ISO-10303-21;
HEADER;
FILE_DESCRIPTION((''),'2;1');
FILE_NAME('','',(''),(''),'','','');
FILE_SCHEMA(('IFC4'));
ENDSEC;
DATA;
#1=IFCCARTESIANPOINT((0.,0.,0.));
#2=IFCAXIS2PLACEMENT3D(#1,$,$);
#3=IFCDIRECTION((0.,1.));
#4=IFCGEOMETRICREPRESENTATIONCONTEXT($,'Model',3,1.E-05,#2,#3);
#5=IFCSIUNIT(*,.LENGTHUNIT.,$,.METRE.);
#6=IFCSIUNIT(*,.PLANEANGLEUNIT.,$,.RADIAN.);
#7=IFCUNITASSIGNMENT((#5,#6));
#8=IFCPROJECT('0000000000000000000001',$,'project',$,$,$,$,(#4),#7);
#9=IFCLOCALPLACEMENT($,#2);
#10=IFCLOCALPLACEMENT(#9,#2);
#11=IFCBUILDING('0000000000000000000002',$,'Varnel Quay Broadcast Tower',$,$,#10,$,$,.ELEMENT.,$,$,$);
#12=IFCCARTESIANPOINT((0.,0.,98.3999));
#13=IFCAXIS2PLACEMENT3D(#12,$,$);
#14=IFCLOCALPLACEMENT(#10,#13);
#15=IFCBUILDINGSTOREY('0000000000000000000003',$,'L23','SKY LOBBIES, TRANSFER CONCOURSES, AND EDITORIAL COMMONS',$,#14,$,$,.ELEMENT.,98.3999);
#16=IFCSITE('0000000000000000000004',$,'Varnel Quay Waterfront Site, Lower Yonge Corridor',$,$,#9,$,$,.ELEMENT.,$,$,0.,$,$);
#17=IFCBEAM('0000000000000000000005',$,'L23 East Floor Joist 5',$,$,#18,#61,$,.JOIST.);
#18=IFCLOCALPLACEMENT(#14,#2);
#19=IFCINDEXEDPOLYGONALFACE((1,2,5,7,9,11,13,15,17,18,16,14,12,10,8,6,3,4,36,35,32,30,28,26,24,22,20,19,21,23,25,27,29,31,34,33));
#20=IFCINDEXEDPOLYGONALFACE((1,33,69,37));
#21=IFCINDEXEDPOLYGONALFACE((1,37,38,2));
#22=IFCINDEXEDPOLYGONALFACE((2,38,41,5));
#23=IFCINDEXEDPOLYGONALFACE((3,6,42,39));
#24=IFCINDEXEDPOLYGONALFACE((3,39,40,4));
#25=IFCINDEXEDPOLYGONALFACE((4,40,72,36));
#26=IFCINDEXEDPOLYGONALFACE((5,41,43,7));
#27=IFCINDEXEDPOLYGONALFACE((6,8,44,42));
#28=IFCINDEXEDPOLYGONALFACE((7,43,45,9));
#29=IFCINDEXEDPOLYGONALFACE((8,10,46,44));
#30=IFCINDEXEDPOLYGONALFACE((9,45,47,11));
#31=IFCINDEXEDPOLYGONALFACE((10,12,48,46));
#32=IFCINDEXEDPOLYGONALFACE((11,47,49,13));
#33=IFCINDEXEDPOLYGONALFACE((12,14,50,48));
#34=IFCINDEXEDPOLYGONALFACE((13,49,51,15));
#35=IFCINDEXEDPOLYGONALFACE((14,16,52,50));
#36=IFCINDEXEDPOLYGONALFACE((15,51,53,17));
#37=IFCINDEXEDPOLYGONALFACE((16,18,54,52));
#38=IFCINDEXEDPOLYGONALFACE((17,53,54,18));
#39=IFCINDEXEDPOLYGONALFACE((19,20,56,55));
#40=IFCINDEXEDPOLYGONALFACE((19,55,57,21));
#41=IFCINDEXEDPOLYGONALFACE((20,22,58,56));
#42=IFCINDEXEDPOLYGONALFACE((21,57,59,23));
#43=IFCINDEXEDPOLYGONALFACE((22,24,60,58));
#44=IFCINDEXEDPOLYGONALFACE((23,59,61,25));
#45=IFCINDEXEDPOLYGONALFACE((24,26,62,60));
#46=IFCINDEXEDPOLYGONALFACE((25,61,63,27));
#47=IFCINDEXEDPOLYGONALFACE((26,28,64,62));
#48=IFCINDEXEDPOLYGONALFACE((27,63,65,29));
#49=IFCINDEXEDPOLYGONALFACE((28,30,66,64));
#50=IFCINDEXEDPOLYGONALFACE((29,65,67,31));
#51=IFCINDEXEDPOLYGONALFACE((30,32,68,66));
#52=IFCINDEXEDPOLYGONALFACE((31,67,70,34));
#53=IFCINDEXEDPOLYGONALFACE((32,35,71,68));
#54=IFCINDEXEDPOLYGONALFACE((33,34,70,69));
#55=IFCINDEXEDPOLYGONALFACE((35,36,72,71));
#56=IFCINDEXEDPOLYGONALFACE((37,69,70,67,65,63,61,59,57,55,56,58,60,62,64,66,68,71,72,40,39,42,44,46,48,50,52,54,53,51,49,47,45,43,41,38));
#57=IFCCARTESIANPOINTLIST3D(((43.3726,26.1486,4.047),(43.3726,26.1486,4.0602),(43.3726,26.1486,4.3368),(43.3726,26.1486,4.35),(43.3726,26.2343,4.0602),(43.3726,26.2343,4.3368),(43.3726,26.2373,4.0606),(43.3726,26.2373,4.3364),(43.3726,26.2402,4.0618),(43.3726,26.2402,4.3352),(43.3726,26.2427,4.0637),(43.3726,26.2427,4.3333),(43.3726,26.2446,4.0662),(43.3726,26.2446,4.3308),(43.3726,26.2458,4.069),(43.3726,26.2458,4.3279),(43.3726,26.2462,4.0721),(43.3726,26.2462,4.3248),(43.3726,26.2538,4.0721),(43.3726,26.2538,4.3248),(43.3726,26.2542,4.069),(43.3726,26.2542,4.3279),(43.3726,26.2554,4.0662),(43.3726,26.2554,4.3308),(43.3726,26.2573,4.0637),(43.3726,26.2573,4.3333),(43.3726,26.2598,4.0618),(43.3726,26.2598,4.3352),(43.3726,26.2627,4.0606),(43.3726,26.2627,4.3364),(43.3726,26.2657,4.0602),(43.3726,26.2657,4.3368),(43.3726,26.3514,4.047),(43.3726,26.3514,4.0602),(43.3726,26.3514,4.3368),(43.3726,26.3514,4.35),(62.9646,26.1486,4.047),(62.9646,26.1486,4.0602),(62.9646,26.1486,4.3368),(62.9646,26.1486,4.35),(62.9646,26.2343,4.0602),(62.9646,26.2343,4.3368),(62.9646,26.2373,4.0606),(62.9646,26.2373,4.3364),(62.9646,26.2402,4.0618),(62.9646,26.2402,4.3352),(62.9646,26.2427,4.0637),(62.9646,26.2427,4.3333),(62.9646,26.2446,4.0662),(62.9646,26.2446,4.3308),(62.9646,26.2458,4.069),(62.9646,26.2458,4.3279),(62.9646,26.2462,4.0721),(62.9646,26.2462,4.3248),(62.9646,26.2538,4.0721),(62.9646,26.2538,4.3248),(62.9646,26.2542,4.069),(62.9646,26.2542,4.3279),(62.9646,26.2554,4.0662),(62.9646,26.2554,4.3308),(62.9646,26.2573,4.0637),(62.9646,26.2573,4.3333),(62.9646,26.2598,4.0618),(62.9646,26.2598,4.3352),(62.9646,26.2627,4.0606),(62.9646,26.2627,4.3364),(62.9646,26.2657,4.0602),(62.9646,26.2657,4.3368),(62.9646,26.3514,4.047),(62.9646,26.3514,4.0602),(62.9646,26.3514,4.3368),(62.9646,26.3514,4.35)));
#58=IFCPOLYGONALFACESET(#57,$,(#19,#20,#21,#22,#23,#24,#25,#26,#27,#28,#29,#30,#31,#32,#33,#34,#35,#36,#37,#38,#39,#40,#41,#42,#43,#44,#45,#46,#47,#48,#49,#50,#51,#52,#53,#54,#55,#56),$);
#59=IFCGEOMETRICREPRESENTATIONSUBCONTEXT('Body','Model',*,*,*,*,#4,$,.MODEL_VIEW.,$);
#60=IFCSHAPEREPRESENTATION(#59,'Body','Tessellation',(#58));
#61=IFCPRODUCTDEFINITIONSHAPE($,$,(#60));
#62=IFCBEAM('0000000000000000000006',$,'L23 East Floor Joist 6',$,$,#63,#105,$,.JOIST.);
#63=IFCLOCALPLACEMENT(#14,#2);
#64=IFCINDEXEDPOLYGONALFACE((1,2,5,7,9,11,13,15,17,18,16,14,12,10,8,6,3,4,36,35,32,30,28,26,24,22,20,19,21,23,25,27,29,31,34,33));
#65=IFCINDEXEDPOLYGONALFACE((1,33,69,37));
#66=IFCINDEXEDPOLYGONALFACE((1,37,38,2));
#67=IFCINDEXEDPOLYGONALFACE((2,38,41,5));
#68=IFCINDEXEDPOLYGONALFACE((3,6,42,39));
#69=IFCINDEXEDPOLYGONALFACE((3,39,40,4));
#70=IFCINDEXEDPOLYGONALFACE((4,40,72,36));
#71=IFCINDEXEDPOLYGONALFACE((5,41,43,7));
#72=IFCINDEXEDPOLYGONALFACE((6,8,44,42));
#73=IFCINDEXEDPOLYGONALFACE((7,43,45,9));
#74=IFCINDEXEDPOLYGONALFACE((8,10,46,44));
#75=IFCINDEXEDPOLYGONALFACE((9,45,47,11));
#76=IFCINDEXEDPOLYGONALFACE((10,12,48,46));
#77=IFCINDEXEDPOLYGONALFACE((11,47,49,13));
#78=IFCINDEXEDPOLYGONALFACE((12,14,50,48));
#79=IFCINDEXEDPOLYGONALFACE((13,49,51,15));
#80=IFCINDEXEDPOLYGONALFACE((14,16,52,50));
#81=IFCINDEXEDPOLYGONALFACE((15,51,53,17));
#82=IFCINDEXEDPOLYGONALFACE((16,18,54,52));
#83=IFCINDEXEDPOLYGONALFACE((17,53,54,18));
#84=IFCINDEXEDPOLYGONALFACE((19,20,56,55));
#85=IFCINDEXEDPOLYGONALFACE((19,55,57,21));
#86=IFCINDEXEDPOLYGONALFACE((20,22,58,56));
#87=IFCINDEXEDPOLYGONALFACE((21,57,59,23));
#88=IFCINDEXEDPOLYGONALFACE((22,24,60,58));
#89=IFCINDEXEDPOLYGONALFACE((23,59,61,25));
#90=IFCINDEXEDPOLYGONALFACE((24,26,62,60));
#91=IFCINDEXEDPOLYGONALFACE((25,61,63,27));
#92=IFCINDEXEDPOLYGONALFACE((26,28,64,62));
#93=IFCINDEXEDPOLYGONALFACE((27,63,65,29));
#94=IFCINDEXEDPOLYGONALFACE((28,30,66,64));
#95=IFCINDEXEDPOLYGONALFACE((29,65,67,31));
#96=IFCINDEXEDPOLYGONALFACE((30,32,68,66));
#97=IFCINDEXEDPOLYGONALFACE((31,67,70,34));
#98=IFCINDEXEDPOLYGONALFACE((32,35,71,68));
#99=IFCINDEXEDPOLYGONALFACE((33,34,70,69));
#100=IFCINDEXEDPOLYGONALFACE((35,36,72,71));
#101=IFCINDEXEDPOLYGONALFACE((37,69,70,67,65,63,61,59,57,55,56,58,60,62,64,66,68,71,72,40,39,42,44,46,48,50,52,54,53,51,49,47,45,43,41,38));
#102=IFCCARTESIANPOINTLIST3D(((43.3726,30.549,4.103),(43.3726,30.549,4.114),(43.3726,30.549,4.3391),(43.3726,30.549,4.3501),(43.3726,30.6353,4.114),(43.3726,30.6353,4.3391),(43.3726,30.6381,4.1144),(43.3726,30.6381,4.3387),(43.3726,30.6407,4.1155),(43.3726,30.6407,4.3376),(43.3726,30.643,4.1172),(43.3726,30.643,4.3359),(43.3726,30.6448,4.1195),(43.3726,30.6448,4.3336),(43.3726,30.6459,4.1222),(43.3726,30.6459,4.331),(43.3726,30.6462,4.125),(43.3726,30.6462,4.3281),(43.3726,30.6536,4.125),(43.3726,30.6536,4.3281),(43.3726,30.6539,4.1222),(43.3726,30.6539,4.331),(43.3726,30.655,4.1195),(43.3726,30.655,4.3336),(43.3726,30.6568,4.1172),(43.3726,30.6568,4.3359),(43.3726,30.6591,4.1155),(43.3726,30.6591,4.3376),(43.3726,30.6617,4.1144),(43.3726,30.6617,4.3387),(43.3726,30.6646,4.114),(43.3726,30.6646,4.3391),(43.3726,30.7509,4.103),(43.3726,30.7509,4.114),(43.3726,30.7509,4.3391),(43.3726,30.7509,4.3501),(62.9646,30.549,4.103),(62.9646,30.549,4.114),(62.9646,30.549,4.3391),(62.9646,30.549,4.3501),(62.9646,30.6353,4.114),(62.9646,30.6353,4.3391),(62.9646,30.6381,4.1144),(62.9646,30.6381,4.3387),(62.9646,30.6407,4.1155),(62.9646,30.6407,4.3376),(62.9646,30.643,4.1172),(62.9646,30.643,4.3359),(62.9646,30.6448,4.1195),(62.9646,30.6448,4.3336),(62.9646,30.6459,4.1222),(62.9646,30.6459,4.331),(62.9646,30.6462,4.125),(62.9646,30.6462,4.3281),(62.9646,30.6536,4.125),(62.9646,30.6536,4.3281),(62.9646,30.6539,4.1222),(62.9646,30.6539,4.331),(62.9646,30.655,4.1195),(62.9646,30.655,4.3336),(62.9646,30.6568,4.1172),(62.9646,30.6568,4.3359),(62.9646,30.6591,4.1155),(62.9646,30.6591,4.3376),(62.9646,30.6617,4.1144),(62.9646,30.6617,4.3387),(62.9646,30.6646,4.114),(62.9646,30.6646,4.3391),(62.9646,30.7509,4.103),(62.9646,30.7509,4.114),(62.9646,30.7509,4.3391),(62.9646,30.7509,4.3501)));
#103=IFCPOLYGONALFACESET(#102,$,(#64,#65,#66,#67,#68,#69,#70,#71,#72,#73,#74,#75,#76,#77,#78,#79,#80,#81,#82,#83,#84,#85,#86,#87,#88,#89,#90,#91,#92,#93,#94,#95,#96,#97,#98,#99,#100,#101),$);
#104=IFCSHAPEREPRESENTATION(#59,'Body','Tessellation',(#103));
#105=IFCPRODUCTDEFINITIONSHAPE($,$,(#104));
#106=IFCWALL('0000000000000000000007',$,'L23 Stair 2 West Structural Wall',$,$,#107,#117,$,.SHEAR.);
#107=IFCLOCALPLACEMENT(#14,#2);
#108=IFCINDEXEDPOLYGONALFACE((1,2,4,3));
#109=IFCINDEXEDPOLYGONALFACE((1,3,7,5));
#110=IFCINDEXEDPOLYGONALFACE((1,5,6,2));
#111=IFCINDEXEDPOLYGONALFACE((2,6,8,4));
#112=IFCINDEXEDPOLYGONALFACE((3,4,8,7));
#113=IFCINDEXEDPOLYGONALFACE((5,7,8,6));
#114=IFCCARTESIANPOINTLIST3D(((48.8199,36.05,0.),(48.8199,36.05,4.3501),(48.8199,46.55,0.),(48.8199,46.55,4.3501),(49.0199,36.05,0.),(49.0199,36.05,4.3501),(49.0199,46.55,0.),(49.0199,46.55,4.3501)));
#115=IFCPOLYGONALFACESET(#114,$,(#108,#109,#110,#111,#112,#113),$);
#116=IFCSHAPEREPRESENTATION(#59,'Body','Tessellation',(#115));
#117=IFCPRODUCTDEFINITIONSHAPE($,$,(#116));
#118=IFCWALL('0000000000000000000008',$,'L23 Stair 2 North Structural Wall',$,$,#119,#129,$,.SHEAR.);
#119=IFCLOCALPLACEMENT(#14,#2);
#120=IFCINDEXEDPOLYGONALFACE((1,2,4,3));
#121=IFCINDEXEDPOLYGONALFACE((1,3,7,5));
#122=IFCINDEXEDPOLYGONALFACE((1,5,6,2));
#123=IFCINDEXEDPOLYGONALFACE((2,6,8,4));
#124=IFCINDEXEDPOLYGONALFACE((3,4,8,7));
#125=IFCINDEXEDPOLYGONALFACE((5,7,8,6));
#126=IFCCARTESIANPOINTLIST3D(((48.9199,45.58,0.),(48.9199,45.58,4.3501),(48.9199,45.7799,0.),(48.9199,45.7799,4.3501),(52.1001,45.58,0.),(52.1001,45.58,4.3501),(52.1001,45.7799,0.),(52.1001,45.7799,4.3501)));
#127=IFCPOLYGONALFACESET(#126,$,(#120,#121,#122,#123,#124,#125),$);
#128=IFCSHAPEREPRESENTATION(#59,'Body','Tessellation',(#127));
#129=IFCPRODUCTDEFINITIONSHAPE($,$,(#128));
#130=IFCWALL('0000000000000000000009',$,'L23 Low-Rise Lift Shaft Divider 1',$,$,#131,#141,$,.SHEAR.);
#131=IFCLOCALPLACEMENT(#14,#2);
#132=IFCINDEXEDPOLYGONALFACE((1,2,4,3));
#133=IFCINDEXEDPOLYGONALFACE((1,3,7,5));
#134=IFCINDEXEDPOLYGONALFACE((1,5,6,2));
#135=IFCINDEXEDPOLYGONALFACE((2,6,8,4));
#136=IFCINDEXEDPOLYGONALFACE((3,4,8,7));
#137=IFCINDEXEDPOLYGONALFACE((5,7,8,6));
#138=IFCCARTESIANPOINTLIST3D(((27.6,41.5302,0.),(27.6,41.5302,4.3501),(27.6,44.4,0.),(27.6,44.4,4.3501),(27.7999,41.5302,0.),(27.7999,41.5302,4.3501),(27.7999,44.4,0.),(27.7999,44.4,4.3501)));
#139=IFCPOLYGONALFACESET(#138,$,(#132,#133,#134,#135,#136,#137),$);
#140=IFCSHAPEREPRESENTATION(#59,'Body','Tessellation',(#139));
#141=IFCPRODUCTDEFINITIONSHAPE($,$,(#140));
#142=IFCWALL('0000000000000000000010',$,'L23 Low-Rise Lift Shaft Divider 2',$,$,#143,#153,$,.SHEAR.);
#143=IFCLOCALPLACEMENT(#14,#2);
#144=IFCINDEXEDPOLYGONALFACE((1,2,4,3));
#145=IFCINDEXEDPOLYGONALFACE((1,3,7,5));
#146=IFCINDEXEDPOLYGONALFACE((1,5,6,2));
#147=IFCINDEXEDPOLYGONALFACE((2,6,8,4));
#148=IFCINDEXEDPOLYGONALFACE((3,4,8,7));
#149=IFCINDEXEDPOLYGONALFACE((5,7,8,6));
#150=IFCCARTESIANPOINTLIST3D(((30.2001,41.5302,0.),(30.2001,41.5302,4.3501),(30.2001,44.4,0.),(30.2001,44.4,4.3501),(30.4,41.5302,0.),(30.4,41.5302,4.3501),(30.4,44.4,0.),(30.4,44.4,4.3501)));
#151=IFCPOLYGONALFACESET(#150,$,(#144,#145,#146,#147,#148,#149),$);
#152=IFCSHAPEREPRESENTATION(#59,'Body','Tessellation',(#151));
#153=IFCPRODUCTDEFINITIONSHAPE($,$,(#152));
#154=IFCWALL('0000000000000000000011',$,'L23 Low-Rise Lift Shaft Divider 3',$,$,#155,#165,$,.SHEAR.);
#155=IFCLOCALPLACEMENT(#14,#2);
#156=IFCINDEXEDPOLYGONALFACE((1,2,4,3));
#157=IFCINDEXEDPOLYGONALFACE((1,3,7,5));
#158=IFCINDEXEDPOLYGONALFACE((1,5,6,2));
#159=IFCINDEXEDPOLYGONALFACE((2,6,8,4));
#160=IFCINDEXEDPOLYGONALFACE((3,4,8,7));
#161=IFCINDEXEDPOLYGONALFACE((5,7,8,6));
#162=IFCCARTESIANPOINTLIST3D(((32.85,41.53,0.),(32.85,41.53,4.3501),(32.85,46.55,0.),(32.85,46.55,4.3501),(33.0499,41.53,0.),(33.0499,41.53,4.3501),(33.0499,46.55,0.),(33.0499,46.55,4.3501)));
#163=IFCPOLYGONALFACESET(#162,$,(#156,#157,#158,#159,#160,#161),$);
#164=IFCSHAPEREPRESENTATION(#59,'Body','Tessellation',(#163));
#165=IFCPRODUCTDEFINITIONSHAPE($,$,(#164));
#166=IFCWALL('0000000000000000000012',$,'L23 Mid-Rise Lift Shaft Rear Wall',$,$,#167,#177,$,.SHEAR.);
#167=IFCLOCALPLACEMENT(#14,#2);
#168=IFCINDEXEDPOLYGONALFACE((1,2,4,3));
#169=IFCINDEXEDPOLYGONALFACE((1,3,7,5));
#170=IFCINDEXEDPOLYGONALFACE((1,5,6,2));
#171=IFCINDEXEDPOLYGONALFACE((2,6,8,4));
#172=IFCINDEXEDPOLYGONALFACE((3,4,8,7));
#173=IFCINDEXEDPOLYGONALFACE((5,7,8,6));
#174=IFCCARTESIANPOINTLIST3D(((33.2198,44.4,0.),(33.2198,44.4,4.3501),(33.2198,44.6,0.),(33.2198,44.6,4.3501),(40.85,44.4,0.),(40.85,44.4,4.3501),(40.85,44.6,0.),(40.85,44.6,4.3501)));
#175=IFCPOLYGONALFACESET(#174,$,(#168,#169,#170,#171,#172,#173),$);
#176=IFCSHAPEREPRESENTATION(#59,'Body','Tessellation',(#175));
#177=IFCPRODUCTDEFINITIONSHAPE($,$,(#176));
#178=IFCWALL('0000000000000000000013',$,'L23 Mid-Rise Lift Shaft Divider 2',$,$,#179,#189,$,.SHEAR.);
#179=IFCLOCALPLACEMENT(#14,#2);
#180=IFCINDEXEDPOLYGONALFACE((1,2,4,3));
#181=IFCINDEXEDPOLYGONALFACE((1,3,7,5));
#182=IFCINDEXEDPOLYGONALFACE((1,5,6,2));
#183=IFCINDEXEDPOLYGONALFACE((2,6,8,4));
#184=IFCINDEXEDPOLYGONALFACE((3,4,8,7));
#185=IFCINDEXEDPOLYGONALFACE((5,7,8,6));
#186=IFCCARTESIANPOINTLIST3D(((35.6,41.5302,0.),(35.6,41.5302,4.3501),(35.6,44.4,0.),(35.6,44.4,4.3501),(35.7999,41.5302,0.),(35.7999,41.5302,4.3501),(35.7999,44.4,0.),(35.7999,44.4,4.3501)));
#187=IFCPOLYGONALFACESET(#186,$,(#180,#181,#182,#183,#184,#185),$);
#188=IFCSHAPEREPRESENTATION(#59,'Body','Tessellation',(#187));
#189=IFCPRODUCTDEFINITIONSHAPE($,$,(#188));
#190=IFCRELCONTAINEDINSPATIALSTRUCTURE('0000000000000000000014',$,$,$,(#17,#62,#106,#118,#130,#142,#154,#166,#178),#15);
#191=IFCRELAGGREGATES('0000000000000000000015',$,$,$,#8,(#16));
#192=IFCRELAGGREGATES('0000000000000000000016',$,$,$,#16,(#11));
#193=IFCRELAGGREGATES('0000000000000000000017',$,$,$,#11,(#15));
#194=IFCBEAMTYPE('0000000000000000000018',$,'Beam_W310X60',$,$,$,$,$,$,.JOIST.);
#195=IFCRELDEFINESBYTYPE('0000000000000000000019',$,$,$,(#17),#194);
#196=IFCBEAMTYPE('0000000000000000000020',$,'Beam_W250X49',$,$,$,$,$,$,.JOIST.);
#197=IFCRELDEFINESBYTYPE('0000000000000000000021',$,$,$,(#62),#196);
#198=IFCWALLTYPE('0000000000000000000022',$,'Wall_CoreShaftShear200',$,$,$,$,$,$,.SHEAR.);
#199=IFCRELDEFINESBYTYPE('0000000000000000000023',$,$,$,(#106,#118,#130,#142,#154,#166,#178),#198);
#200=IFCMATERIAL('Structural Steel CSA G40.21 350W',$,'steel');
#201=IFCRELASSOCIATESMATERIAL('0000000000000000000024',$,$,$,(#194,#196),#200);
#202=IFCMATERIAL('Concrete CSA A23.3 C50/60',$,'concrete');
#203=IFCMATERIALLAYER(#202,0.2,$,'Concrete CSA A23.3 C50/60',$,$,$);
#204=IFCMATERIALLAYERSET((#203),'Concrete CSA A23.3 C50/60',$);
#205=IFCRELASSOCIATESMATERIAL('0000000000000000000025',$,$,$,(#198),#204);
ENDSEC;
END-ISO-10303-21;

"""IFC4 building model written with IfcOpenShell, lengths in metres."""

from ifc_helpers import new_model, si_unit, direction, frame, frame_2d, origin, origin_2d, place, context, subcontext, project, spatial, rectangle, i_section, extrude, source, transform, mapped, material, layer, layer_set, material_profile, profile_set, type_object, type_shapes, element, save


model = new_model("IFC4")

# Units and contexts
model_context = context("Model", 3, precision=1e-05, world=origin(), true_north=direction((0.0, 1.0)))
body_context = subcontext(model_context, "Body", "Model", "MODEL_VIEW")
ifc_project = project(units=[si_unit("LENGTHUNIT", "METRE"), si_unit("PLANEANGLEUNIT", "RADIAN")], contexts=[model_context])

# Site, building, storey
site_placement = place(None, origin())
site = spatial("IfcSite", under=ifc_project, at=site_placement, Name="Varnel Quay Waterfront Site, Lower Yonge Corridor", CompositionType="ELEMENT", RefElevation=0.0)
building_placement = place(site_placement, origin())
building = spatial("IfcBuilding", under=site, at=building_placement, Name="Varnel Quay Broadcast Tower", CompositionType="ELEMENT")
storey_placement = place(building_placement, frame((0.0, 0.0, 98.3999)))
storey = spatial("IfcBuildingStorey", under=building, at=storey_placement, Name="L23", Description="SKY LOBBIES, TRANSFER CONCOURSES, AND EDITORIAL COMMONS", CompositionType="ELEMENT", Elevation=98.3999)

# Beams
ifc_material_1 = material(Name="Structural Steel CSA G40.21 350W", Category="steel")
ifc_material_profile_1 = material_profile(ifc_material_1, i_section(OverallWidth=0.2029, OverallDepth=0.303, WebThickness=0.0076, FlangeThickness=0.0132, FilletRadius=0.012, at=origin_2d()), Name="W310X60")
ifc_profile_set_1 = profile_set([ifc_material_profile_1], Name="Structural Steel CSA G40.21 350W")
beam_type_1 = type_object("IfcBeamType", Name="Beam_W310X60", PredefinedType="JOIST", material=ifc_profile_set_1)
shared_shape_1 = source(origin(), body_context, "Body", "SweptSolid", [
    extrude(i_section(OverallWidth=0.2029, OverallDepth=0.303, WebThickness=0.0076, FlangeThickness=0.0132, FilletRadius=0.012, at=origin_2d()), origin(), (0.0, 0.0, 1.0), 19.592),
])
type_shapes(beam_type_1, [shared_shape_1])
beam_1_placement = place(storey_placement, frame((43.3726, 26.25, 4.1985), z_axis=(1.0, 0.0, 0.0), x_axis=(0.0, 1.0, 0.0)))
element("IfcBeam", 1, at=beam_1_placement, inside=storey, type_object=beam_type_1, Name="L23 East Floor Joist 5", PredefinedType="JOIST", context=body_context, shape_type="MappedRepresentation", body=[
    mapped(shared_shape_1, transform((0.0, 0.0, 0.0), x_axis=(1.0, 0.0, 0.0), y_axis=(0.0, 1.0, 0.0), z_axis=(0.0, 0.0, 1.0), scale=1.0)),
])
ifc_material_profile_2 = material_profile(ifc_material_1, i_section(OverallWidth=0.2019, OverallDepth=0.2471, WebThickness=0.0073, FlangeThickness=0.011, FilletRadius=0.011, at=origin_2d()), Name="W250X49")
ifc_profile_set_2 = profile_set([ifc_material_profile_2], Name="Structural Steel CSA G40.21 350W")
beam_type_2 = type_object("IfcBeamType", Name="Beam_W250X49", PredefinedType="JOIST", material=ifc_profile_set_2)
shared_shape_2 = source(origin(), body_context, "Body", "SweptSolid", [
    extrude(i_section(OverallWidth=0.2019, OverallDepth=0.2471, WebThickness=0.0073, FlangeThickness=0.011, FilletRadius=0.011, at=origin_2d()), origin(), (0.0, 0.0, 1.0), 19.592),
])
type_shapes(beam_type_2, [shared_shape_2])
beam_2_placement = place(storey_placement, frame((43.3726, 30.6499, 4.2266), z_axis=(1.0, 0.0, 0.0), x_axis=(0.0, 1.0, 0.0)))
element("IfcBeam", 2, at=beam_2_placement, inside=storey, type_object=beam_type_2, Name="L23 East Floor Joist 6", PredefinedType="JOIST", context=body_context, shape_type="MappedRepresentation", body=[
    mapped(shared_shape_2, transform((0.0, 0.0, 0.0), x_axis=(1.0, 0.0, 0.0), y_axis=(0.0, 1.0, 0.0), z_axis=(0.0, 0.0, 1.0), scale=1.0)),
])

# Walls
ifc_material_2 = material(Name="Concrete CSA A23.3 C50/60", Category="concrete")
ifc_layer_1 = layer(ifc_material_2, 0.2, Name="Concrete CSA A23.3 C50/60")
ifc_layer_set_1 = layer_set([ifc_layer_1], Name="Concrete CSA A23.3 C50/60")
wall_type_1 = type_object("IfcWallType", Name="Wall_CoreShaftShear200", PredefinedType="SHEAR", material=ifc_layer_set_1)
wall_1_placement = place(storey_placement, frame((48.9199, 36.05, 0.0), z_axis=(0.0, 0.0, 1.0), x_axis=(0.0, 1.0, 0.0)))
element("IfcWall", 3, at=wall_1_placement, inside=storey, type_object=wall_type_1, Name="L23 Stair 2 West Structural Wall", PredefinedType="SHEAR", context=body_context, shape_type="SweptSolid", body=[
    extrude(rectangle(XDim=10.5, YDim=0.2, at=frame_2d((5.25, 0.0))), origin(), (0.0, 0.0, 1.0), 4.3501),
])
wall_2_placement = place(storey_placement, frame((48.9199, 45.6799, 0.0), z_axis=(0.0, 0.0, 1.0), x_axis=(1.0, 0.0, 0.0)))
element("IfcWall", 4, at=wall_2_placement, inside=storey, type_object=wall_type_1, Name="L23 Stair 2 North Structural Wall", PredefinedType="SHEAR", context=body_context, shape_type="SweptSolid", body=[
    extrude(rectangle(XDim=3.1802, YDim=0.2, at=frame_2d((1.5901, 0.0))), origin(), (0.0, 0.0, 1.0), 4.3501),
])
for number, where, z_axis, x_axis, name in (
    (5, (27.7, 41.53, 0.0), (0.0, 0.0, 1.0), (0.0, 1.0, 0.0), "L23 Low-Rise Lift Shaft Divider 1"),
    (6, (30.3, 41.53, 0.0), (0.0, 0.0, 1.0), (0.0, 1.0, 0.0), "L23 Low-Rise Lift Shaft Divider 2"),
):
    element("IfcWall", number, at=place(storey_placement, frame(where, z_axis=z_axis, x_axis=x_axis)), inside=storey, type_object=wall_type_1, Name=name, PredefinedType="SHEAR", context=body_context, shape_type="SweptSolid", body=[
        extrude(rectangle(XDim=2.8699, YDim=0.2, at=frame_2d((1.4351, 0.0))), origin(), (0.0, 0.0, 1.0), 4.3501),
    ])
wall_3_placement = place(storey_placement, frame((32.95, 41.53, 0.0), z_axis=(0.0, 0.0, 1.0), x_axis=(0.0, 1.0, 0.0)))
element("IfcWall", 7, at=wall_3_placement, inside=storey, type_object=wall_type_1, Name="L23 Low-Rise Lift Shaft Divider 3", PredefinedType="SHEAR", context=body_context, shape_type="SweptSolid", body=[
    extrude(rectangle(XDim=5.02, YDim=0.2, at=frame_2d((2.51, 0.0))), origin(), (0.0, 0.0, 1.0), 4.3501),
])
wall_4_placement = place(storey_placement, frame((33.22, 44.5, 0.0), z_axis=(0.0, 0.0, 1.0), x_axis=(1.0, 0.0, 0.0)))
element("IfcWall", 8, at=wall_4_placement, inside=storey, type_object=wall_type_1, Name="L23 Mid-Rise Lift Shaft Rear Wall", PredefinedType="SHEAR", context=body_context, shape_type="SweptSolid", body=[
    extrude(rectangle(XDim=7.6301, YDim=0.2, at=frame_2d((3.8149, 0.0))), origin(), (0.0, 0.0, 1.0), 4.3501),
])
for number, where, z_axis, x_axis, name in (
    (9, (35.7, 41.53, 0.0), (0.0, 0.0, 1.0), (0.0, 1.0, 0.0), "L23 Mid-Rise Lift Shaft Divider 2"),
):
    element("IfcWall", number, at=place(storey_placement, frame(where, z_axis=z_axis, x_axis=x_axis)), inside=storey, type_object=wall_type_1, Name=name, PredefinedType="SHEAR", context=body_context, shape_type="SweptSolid", body=[
        extrude(rectangle(XDim=2.8699, YDim=0.2, at=frame_2d((1.4351, 0.0))), origin(), (0.0, 0.0, 1.0), 4.3501),
    ])

save(model, "model.ifc")
